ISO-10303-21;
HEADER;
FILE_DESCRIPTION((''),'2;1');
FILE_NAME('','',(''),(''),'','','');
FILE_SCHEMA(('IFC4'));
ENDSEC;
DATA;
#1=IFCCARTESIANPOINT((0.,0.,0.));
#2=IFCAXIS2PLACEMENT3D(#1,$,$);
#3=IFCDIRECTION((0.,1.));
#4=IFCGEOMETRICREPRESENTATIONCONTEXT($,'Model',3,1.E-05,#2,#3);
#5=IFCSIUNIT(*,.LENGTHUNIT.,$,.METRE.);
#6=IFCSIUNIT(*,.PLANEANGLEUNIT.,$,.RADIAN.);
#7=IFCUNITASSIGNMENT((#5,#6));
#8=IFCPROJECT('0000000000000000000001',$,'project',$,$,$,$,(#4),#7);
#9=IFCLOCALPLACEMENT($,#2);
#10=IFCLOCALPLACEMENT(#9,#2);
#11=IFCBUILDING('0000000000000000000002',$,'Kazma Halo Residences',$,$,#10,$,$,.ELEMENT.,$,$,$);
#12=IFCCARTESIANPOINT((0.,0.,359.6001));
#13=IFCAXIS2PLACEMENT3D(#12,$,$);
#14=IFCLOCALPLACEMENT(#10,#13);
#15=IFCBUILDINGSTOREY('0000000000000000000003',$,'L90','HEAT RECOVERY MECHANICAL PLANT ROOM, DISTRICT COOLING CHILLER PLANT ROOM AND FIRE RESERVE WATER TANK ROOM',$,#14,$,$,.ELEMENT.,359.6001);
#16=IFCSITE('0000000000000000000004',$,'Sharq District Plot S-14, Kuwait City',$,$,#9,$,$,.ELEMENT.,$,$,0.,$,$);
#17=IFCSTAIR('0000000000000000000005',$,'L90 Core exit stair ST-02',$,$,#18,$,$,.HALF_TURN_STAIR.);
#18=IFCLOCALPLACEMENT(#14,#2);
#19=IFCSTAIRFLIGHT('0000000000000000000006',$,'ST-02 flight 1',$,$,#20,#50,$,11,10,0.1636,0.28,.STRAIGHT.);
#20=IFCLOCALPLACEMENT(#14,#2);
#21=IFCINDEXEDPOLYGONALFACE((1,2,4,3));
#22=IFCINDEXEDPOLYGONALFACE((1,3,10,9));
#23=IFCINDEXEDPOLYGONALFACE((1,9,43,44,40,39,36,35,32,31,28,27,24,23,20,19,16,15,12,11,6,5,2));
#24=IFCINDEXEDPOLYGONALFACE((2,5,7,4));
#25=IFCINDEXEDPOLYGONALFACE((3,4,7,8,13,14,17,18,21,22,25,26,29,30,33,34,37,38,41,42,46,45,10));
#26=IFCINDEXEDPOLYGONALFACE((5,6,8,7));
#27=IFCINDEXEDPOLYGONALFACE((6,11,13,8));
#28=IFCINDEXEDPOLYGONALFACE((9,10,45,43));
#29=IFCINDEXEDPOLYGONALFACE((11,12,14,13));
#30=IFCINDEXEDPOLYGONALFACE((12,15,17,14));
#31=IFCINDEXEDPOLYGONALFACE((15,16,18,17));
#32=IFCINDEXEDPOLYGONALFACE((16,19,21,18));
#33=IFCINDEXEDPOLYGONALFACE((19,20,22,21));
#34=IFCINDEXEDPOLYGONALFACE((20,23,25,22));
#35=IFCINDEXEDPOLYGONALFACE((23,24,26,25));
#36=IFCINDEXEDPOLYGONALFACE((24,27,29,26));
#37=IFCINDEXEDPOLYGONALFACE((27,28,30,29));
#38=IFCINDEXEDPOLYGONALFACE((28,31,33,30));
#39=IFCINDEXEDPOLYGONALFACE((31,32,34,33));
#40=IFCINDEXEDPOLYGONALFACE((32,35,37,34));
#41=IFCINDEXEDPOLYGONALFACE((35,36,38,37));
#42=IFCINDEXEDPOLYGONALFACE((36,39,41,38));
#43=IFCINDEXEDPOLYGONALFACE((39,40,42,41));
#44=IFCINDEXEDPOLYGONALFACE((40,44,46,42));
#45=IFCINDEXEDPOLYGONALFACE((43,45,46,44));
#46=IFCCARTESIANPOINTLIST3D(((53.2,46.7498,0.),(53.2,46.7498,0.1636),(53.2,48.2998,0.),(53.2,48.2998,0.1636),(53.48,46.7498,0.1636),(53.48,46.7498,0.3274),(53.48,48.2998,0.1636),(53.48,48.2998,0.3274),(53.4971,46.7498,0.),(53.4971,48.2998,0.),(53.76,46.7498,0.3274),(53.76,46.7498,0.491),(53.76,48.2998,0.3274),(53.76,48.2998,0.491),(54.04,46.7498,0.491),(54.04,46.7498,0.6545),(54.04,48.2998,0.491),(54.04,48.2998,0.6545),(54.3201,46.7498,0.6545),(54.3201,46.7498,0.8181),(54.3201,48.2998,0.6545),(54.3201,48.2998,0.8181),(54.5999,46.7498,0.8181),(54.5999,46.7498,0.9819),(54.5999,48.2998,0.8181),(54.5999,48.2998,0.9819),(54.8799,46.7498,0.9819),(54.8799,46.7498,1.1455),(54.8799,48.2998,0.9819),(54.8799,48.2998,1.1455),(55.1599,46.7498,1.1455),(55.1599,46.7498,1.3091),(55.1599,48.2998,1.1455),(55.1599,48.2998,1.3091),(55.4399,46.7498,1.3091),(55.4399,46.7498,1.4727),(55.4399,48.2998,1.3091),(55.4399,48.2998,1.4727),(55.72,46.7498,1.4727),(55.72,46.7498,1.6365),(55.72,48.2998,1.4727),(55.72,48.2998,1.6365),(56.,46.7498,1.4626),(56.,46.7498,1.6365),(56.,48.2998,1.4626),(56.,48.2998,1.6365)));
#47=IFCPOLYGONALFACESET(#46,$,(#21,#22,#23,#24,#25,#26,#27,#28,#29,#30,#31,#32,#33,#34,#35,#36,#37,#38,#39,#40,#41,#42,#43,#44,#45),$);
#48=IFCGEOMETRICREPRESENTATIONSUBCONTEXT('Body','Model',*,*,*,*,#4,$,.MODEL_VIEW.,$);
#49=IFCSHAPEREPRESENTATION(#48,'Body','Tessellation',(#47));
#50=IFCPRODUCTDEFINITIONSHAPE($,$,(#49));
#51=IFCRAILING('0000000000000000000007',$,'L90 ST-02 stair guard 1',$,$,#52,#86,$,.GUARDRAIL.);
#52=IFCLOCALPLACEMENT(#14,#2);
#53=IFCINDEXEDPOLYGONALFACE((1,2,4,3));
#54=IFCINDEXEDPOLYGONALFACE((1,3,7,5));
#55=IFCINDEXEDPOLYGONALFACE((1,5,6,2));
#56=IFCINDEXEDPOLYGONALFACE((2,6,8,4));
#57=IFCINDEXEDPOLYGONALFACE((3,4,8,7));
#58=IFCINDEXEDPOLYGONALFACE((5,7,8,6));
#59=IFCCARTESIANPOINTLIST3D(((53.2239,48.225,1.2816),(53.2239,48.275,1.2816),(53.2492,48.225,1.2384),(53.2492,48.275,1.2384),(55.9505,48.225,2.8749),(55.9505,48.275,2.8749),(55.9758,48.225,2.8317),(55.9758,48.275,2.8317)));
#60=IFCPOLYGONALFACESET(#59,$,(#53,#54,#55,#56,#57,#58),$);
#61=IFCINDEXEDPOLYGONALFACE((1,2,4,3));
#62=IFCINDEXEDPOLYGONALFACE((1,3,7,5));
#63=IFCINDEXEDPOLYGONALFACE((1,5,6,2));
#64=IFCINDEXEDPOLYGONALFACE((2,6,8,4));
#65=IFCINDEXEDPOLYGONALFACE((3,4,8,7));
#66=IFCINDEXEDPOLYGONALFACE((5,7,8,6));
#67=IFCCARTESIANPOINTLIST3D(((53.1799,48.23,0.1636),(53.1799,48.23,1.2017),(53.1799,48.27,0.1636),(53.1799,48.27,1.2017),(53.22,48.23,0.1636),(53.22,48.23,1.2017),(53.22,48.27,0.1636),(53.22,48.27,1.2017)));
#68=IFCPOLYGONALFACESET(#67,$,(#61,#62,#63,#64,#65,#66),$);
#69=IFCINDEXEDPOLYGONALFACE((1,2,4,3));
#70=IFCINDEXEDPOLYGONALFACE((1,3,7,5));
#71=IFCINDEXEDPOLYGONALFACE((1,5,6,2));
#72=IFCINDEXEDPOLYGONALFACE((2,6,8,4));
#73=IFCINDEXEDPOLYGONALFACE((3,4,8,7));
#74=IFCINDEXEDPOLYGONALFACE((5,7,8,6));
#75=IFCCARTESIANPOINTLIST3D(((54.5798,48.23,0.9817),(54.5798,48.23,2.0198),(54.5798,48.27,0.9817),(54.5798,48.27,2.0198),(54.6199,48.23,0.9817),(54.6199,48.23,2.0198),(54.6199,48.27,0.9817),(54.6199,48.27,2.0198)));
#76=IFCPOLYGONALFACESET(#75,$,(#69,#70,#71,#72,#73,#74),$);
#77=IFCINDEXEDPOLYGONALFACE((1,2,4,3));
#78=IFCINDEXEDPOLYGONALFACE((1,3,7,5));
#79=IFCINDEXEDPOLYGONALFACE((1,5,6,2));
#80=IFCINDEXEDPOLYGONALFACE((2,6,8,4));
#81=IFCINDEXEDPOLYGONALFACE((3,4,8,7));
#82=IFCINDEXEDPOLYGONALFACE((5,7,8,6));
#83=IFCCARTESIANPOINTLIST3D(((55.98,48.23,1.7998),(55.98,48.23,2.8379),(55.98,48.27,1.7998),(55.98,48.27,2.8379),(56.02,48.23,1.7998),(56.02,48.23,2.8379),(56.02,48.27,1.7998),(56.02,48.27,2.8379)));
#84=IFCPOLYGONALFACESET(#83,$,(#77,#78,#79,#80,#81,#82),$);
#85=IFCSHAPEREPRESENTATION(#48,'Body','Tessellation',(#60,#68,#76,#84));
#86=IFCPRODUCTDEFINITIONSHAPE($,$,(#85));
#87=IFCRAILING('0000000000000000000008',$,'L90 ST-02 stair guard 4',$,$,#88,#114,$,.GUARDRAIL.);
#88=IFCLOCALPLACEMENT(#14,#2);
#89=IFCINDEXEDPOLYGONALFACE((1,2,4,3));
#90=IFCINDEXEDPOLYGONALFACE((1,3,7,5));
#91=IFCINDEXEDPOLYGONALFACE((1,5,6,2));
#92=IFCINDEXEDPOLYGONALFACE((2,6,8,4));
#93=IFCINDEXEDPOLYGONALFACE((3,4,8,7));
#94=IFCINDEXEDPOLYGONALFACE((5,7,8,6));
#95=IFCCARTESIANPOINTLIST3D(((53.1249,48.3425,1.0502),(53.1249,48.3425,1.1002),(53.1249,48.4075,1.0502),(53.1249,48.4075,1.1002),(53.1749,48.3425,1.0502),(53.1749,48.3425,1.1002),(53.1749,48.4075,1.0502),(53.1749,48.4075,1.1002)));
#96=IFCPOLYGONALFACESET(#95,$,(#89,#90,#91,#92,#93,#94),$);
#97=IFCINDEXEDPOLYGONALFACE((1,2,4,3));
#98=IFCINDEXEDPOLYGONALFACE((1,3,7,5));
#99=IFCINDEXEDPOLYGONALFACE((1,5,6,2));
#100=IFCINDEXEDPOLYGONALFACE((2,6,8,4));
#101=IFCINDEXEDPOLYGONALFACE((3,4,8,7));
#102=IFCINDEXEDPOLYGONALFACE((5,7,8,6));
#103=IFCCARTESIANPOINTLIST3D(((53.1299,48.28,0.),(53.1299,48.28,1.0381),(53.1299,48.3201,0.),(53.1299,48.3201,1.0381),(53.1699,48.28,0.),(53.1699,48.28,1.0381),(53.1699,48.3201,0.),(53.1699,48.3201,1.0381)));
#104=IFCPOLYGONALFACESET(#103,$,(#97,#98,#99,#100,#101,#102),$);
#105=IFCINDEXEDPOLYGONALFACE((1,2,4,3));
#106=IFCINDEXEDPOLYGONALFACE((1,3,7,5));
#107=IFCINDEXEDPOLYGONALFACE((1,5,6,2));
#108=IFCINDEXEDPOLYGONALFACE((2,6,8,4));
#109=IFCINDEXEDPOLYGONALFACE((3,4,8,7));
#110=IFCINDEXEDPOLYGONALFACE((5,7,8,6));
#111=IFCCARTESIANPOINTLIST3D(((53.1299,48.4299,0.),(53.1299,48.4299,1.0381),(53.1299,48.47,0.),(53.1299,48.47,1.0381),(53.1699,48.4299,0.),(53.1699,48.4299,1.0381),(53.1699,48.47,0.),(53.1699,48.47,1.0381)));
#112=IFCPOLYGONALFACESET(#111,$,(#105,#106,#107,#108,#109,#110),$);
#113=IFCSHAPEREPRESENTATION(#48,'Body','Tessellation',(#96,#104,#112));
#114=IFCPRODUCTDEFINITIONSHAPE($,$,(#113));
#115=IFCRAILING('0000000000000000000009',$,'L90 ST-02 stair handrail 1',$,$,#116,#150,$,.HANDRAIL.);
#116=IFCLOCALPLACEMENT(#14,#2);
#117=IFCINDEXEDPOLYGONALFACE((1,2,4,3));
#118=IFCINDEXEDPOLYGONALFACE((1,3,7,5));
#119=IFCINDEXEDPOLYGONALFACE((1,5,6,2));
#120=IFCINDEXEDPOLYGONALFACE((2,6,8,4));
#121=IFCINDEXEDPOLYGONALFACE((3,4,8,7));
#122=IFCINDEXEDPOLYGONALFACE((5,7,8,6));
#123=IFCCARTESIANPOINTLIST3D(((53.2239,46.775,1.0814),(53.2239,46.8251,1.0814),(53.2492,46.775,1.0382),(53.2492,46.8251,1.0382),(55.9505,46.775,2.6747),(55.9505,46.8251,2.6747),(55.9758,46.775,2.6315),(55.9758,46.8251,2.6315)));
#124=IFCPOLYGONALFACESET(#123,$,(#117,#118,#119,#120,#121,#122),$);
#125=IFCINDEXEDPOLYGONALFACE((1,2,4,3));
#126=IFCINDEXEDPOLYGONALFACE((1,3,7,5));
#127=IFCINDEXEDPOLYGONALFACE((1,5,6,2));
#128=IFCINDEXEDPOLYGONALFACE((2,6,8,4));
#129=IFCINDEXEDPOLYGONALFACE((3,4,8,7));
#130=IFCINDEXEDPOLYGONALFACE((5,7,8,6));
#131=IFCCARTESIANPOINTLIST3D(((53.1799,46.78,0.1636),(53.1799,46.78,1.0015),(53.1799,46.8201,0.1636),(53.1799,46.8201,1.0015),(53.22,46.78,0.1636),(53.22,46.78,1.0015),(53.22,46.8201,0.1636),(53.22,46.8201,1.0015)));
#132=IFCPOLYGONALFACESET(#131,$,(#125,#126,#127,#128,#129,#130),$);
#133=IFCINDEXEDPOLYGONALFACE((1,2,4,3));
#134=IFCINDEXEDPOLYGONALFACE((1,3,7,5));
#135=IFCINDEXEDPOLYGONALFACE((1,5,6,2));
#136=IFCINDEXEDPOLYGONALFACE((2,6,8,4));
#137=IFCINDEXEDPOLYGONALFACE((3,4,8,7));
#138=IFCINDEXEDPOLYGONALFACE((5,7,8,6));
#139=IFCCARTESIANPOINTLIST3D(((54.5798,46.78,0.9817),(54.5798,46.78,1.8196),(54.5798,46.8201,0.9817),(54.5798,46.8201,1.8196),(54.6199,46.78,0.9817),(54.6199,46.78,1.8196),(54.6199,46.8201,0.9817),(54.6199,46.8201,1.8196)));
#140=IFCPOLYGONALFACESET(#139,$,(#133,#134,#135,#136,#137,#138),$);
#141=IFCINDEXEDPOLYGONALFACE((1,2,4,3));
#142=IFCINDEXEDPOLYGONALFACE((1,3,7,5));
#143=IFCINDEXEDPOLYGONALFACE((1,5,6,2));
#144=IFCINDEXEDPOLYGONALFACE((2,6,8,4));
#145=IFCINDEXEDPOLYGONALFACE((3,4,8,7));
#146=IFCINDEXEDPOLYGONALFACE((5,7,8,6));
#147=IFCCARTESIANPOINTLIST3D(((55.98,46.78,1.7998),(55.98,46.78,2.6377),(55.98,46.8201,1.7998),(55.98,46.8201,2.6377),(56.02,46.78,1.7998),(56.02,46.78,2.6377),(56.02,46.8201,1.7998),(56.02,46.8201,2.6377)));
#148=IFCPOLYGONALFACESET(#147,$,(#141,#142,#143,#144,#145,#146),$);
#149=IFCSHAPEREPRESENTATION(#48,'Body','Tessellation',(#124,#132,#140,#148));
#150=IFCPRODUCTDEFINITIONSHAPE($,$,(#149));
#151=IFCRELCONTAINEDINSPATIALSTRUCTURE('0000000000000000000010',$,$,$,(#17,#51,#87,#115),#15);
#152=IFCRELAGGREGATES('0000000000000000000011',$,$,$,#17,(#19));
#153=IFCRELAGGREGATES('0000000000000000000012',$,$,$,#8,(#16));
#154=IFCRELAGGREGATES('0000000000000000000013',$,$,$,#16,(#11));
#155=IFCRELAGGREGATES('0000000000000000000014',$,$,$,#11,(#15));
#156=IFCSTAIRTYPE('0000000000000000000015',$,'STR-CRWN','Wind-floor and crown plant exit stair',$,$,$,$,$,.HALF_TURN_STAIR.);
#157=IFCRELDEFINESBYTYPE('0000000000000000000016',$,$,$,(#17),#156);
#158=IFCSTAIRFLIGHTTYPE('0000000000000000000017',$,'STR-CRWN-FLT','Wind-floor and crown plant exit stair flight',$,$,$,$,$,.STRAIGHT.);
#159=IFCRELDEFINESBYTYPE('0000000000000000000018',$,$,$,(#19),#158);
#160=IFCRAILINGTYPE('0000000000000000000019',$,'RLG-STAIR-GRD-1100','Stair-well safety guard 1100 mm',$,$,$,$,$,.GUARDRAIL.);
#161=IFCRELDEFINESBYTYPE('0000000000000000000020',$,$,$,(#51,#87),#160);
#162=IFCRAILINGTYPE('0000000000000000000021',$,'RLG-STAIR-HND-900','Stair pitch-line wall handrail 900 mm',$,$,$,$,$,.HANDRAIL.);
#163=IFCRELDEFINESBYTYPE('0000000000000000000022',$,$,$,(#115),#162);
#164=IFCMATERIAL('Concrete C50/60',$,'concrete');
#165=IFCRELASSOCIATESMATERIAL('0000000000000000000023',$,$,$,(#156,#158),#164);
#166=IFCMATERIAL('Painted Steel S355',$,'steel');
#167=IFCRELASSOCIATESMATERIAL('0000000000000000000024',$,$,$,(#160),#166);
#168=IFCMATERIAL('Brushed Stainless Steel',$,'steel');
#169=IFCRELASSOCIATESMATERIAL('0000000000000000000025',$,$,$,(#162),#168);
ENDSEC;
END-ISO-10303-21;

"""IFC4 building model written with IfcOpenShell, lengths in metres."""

from ifc_helpers import new_model, si_unit, direction, frame, origin, origin_2d, place, context, subcontext, project, spatial, polyline, rectangle, outline, extrude, material, type_object, element, aggregate, save


model = new_model("IFC4")

# Units and contexts
model_context = context("Model", 3, precision=1e-05, world=origin(), true_north=direction((0.0, 1.0)))
body_context = subcontext(model_context, "Body", "Model", "MODEL_VIEW")
ifc_project = project(units=[si_unit("LENGTHUNIT", "METRE"), si_unit("PLANEANGLEUNIT", "RADIAN")], contexts=[model_context])

# Site, building, storey
site_placement = place(None, origin())
site = spatial("IfcSite", under=ifc_project, at=site_placement, Name="Sharq District Plot S-14, Kuwait City", CompositionType="ELEMENT", RefElevation=0.0)
building_placement = place(site_placement, origin())
building = spatial("IfcBuilding", under=site, at=building_placement, Name="Kazma Halo Residences", CompositionType="ELEMENT")
storey_placement = place(building_placement, frame((0.0, 0.0, 359.6001)))
storey = spatial("IfcBuildingStorey", under=building, at=storey_placement, Name="L90", Description="HEAT RECOVERY MECHANICAL PLANT ROOM, DISTRICT COOLING CHILLER PLANT ROOM AND FIRE RESERVE WATER TANK ROOM", CompositionType="ELEMENT", Elevation=359.6001)

# Shared definitions
ifc_material_1 = material(Name="Concrete C50/60", Category="concrete")

# Stair, stair flight
stair_type = type_object("IfcStairType", Name="STR-CRWN", Description="Wind-floor and crown plant exit stair", PredefinedType="HALF_TURN_STAIR", material=ifc_material_1)
stair_placement = place(storey_placement, origin())
stair = element("IfcStair", 1, at=stair_placement, inside=storey, type_object=stair_type, Name="L90 Core exit stair ST-02", PredefinedType="HALF_TURN_STAIR")
stair_flight_type = type_object("IfcStairFlightType", Name="STR-CRWN-FLT", Description="Wind-floor and crown plant exit stair flight", PredefinedType="STRAIGHT", material=ifc_material_1)
stair_flight_placement = place(storey_placement, frame((53.2, 47.5249, 0.0), z_axis=(0.0, 0.0, 1.0), x_axis=(1.0, 0.0, 0.0)))
stair_flight = element("IfcStairFlight", 2, at=stair_flight_placement, type_object=stair_flight_type, Name="ST-02 flight 1", NumberOfRisers=11, NumberOfTreads=10, PredefinedType="STRAIGHT", RiserHeight=0.1636, TreadLength=0.28, context=body_context, shape_type="SweptSolid", body=[
    extrude(outline(polyline([(0.0, 0.0), (0.0, 0.1636), (0.28, 0.1636), (0.28, 0.3274), (0.5601, 0.3274), (0.5601, 0.491), (0.8401, 0.491), (0.8401, 0.6545), (1.1201, 0.6545), (1.1201, 0.8181), (1.3999, 0.8181), (1.3999, 0.9819), (1.6799, 0.9819), (1.6799, 1.1455), (1.96, 1.1455), (1.96, 1.3091), (2.24, 1.3091), (2.24, 1.4727), (2.52, 1.4727), (2.52, 1.6365), (2.8, 1.6365), (2.8, 1.8), (2.8, 1.4626), (0.2971, 0.0), (0.0, 0.0)])), frame((0.0, 0.7749, 0.0), z_axis=(0.0, -1.0, 0.0), x_axis=(1.0, 0.0, 0.0)), (0.0, 0.0, 1.0), 1.55),
])
aggregate(stair, [stair_flight])

# Railings
ifc_material_2 = material(Name="Painted Steel S355", Category="steel")
railing_type_1 = type_object("IfcRailingType", Name="RLG-STAIR-GRD-1100", Description="Stair-well safety guard 1100 mm", PredefinedType="GUARDRAIL", material=ifc_material_2)
railing_1_placement = place(storey_placement, frame((53.2, 48.25, 0.1636)))
element("IfcRailing", 3, at=railing_1_placement, inside=storey, type_object=railing_type_1, Name="L90 ST-02 stair guard 1", PredefinedType="GUARDRAIL", context=body_context, shape_type="SweptSolid", body=[
    extrude(rectangle(XDim=0.05, YDim=0.05, at=origin_2d()), frame((0.0366, 0.0, 1.0964), z_axis=(0.863394, 0.0, 0.504531), x_axis=(0.0, 1.0, 0.0)), (0.0, 0.0, 1.0), 3.158),
    extrude(rectangle(XDim=0.04, YDim=0.04, at=origin_2d()), origin(), (0.0, 0.0, 1.0), 1.0381),
    extrude(rectangle(XDim=0.04, YDim=0.04, at=origin_2d()), frame((1.3999, 0.0, 0.8181)), (0.0, 0.0, 1.0), 1.0381),
    extrude(rectangle(XDim=0.04, YDim=0.04, at=origin_2d()), frame((2.8, 0.0, 1.6362)), (0.0, 0.0, 1.0), 1.0381),
])
railing_2_placement = place(storey_placement, frame((53.1499, 48.3, 0.0)))
element("IfcRailing", 4, at=railing_2_placement, inside=storey, type_object=railing_type_1, Name="L90 ST-02 stair guard 4", PredefinedType="GUARDRAIL", context=body_context, shape_type="SweptSolid", body=[
    extrude(rectangle(XDim=0.05, YDim=0.05, at=origin_2d()), frame((0.0, 0.0425, 1.0752), z_axis=(0.0, 1.0, 0.0), x_axis=(-1.0, 0.0, 0.0)), (0.0, 0.0, 1.0), 0.0649),
    extrude(rectangle(XDim=0.04, YDim=0.04, at=origin_2d()), origin(), (0.0, 0.0, 1.0), 1.0381),
    extrude(rectangle(XDim=0.04, YDim=0.04, at=origin_2d()), frame((0.0, 0.1499, 0.0)), (0.0, 0.0, 1.0), 1.0381),
])
ifc_material_3 = material(Name="Brushed Stainless Steel", Category="steel")
railing_type_2 = type_object("IfcRailingType", Name="RLG-STAIR-HND-900", Description="Stair pitch-line wall handrail 900 mm", PredefinedType="HANDRAIL", material=ifc_material_3)
railing_3_placement = place(storey_placement, frame((53.2, 46.8, 0.1636)))
element("IfcRailing", 5, at=railing_3_placement, inside=storey, type_object=railing_type_2, Name="L90 ST-02 stair handrail 1", PredefinedType="HANDRAIL", context=body_context, shape_type="SweptSolid", body=[
    extrude(rectangle(XDim=0.05, YDim=0.05, at=origin_2d()), frame((0.0366, 0.0, 0.8962), z_axis=(0.863394, 0.0, 0.504531), x_axis=(0.0, 1.0, 0.0)), (0.0, 0.0, 1.0), 3.158),
    extrude(rectangle(XDim=0.04, YDim=0.04, at=origin_2d()), origin(), (0.0, 0.0, 1.0), 0.8379),
    extrude(rectangle(XDim=0.04, YDim=0.04, at=origin_2d()), frame((1.3999, 0.0, 0.8181)), (0.0, 0.0, 1.0), 0.8379),
    extrude(rectangle(XDim=0.04, YDim=0.04, at=origin_2d()), frame((2.8, 0.0, 1.6362)), (0.0, 0.0, 1.0), 0.8379),
])

save(model, "model.ifc")
